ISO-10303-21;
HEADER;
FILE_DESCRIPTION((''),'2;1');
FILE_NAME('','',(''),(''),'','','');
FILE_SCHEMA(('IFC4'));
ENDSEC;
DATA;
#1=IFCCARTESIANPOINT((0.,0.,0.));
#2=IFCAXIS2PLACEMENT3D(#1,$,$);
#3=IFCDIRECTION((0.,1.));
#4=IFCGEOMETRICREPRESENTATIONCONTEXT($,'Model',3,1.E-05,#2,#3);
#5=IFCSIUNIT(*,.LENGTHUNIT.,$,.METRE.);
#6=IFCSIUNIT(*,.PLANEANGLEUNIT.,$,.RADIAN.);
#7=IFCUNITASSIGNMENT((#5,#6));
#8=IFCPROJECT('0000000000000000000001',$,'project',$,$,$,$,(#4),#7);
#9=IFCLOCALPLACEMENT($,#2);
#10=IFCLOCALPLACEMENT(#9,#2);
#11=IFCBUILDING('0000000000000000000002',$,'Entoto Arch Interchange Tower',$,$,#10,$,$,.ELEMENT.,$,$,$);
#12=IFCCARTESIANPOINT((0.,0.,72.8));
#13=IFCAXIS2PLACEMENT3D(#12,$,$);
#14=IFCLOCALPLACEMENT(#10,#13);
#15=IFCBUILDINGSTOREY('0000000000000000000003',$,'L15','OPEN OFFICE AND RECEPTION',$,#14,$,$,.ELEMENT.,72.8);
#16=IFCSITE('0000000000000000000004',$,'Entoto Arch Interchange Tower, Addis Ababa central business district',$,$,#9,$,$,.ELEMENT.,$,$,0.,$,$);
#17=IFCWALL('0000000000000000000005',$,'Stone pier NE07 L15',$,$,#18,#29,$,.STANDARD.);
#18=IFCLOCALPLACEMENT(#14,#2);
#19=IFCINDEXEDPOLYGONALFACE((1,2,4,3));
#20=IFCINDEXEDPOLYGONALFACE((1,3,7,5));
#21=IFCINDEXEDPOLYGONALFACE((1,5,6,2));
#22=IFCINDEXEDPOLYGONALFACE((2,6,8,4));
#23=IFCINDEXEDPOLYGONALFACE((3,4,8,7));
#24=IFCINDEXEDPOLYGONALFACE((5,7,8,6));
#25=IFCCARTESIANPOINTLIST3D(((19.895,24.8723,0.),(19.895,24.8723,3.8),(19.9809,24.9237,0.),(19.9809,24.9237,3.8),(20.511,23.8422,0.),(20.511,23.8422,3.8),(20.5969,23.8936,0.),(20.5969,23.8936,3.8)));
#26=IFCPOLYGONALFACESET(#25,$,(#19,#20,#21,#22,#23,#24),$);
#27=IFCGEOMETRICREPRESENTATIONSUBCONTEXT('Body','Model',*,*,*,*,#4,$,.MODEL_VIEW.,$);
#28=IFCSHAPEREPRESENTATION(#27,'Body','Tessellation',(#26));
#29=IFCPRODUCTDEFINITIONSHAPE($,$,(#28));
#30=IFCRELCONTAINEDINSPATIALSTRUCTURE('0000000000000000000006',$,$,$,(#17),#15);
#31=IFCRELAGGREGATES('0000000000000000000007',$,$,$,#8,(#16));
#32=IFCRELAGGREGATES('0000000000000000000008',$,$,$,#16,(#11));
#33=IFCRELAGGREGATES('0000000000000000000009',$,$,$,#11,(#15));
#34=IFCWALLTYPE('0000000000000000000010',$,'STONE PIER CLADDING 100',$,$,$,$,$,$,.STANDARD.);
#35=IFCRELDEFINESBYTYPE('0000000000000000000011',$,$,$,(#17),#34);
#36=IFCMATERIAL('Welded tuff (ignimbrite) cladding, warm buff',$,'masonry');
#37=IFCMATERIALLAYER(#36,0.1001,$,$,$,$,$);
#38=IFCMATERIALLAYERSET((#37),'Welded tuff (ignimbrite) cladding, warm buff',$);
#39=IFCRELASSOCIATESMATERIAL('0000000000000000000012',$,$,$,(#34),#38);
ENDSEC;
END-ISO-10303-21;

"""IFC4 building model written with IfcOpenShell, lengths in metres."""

from ifc_helpers import new_model, si_unit, direction, frame, frame_2d, origin, place, context, subcontext, project, spatial, rectangle, extrude, material, layer, layer_set, type_object, element, save


model = new_model("IFC4")

# Units and contexts
model_context = context("Model", 3, precision=1e-05, world=origin(), true_north=direction((0.0, 1.0)))
body_context = subcontext(model_context, "Body", "Model", "MODEL_VIEW")
ifc_project = project(units=[si_unit("LENGTHUNIT", "METRE"), si_unit("PLANEANGLEUNIT", "RADIAN")], contexts=[model_context])

# Site, building, storey
site_placement = place(None, origin())
site = spatial("IfcSite", under=ifc_project, at=site_placement, Name="Entoto Arch Interchange Tower, Addis Ababa central business district", CompositionType="ELEMENT", RefElevation=0.0)
building_placement = place(site_placement, origin())
building = spatial("IfcBuilding", under=site, at=building_placement, Name="Entoto Arch Interchange Tower", CompositionType="ELEMENT")
storey_placement = place(building_placement, frame((0.0, 0.0, 72.8)))
storey = spatial("IfcBuildingStorey", under=building, at=storey_placement, Name="L15", Description="OPEN OFFICE AND RECEPTION", CompositionType="ELEMENT", Elevation=72.8)

# Shared definitions
ifc_material_1 = material(Name="Welded tuff (ignimbrite) cladding, warm buff", Category="masonry")

# Wall
ifc_layer_1 = layer(ifc_material_1, 0.1001)
ifc_layer_set_1 = layer_set([ifc_layer_1], Name="Welded tuff (ignimbrite) cladding, warm buff")
wall_type_1 = type_object("IfcWallType", Name="STONE PIER CLADDING 100", PredefinedType="STANDARD", material=ifc_layer_set_1)
wall_1_placement = place(storey_placement, frame((20.554, 23.8679, 0.0), z_axis=(0.0, 0.0, 1.0), x_axis=(-0.513239, 0.858246, 0.0)))
element("IfcWall", 1, at=wall_1_placement, inside=storey, type_object=wall_type_1, Name="Stone pier NE07 L15", PredefinedType="STANDARD", context=body_context, shape_type="SweptSolid", body=[
    extrude(rectangle(XDim=1.2002, YDim=0.1001, at=frame_2d((0.6001, 0.0))), origin(), (0.0, 0.0, 1.0), 3.8),
])

save(model, "model.ifc")
